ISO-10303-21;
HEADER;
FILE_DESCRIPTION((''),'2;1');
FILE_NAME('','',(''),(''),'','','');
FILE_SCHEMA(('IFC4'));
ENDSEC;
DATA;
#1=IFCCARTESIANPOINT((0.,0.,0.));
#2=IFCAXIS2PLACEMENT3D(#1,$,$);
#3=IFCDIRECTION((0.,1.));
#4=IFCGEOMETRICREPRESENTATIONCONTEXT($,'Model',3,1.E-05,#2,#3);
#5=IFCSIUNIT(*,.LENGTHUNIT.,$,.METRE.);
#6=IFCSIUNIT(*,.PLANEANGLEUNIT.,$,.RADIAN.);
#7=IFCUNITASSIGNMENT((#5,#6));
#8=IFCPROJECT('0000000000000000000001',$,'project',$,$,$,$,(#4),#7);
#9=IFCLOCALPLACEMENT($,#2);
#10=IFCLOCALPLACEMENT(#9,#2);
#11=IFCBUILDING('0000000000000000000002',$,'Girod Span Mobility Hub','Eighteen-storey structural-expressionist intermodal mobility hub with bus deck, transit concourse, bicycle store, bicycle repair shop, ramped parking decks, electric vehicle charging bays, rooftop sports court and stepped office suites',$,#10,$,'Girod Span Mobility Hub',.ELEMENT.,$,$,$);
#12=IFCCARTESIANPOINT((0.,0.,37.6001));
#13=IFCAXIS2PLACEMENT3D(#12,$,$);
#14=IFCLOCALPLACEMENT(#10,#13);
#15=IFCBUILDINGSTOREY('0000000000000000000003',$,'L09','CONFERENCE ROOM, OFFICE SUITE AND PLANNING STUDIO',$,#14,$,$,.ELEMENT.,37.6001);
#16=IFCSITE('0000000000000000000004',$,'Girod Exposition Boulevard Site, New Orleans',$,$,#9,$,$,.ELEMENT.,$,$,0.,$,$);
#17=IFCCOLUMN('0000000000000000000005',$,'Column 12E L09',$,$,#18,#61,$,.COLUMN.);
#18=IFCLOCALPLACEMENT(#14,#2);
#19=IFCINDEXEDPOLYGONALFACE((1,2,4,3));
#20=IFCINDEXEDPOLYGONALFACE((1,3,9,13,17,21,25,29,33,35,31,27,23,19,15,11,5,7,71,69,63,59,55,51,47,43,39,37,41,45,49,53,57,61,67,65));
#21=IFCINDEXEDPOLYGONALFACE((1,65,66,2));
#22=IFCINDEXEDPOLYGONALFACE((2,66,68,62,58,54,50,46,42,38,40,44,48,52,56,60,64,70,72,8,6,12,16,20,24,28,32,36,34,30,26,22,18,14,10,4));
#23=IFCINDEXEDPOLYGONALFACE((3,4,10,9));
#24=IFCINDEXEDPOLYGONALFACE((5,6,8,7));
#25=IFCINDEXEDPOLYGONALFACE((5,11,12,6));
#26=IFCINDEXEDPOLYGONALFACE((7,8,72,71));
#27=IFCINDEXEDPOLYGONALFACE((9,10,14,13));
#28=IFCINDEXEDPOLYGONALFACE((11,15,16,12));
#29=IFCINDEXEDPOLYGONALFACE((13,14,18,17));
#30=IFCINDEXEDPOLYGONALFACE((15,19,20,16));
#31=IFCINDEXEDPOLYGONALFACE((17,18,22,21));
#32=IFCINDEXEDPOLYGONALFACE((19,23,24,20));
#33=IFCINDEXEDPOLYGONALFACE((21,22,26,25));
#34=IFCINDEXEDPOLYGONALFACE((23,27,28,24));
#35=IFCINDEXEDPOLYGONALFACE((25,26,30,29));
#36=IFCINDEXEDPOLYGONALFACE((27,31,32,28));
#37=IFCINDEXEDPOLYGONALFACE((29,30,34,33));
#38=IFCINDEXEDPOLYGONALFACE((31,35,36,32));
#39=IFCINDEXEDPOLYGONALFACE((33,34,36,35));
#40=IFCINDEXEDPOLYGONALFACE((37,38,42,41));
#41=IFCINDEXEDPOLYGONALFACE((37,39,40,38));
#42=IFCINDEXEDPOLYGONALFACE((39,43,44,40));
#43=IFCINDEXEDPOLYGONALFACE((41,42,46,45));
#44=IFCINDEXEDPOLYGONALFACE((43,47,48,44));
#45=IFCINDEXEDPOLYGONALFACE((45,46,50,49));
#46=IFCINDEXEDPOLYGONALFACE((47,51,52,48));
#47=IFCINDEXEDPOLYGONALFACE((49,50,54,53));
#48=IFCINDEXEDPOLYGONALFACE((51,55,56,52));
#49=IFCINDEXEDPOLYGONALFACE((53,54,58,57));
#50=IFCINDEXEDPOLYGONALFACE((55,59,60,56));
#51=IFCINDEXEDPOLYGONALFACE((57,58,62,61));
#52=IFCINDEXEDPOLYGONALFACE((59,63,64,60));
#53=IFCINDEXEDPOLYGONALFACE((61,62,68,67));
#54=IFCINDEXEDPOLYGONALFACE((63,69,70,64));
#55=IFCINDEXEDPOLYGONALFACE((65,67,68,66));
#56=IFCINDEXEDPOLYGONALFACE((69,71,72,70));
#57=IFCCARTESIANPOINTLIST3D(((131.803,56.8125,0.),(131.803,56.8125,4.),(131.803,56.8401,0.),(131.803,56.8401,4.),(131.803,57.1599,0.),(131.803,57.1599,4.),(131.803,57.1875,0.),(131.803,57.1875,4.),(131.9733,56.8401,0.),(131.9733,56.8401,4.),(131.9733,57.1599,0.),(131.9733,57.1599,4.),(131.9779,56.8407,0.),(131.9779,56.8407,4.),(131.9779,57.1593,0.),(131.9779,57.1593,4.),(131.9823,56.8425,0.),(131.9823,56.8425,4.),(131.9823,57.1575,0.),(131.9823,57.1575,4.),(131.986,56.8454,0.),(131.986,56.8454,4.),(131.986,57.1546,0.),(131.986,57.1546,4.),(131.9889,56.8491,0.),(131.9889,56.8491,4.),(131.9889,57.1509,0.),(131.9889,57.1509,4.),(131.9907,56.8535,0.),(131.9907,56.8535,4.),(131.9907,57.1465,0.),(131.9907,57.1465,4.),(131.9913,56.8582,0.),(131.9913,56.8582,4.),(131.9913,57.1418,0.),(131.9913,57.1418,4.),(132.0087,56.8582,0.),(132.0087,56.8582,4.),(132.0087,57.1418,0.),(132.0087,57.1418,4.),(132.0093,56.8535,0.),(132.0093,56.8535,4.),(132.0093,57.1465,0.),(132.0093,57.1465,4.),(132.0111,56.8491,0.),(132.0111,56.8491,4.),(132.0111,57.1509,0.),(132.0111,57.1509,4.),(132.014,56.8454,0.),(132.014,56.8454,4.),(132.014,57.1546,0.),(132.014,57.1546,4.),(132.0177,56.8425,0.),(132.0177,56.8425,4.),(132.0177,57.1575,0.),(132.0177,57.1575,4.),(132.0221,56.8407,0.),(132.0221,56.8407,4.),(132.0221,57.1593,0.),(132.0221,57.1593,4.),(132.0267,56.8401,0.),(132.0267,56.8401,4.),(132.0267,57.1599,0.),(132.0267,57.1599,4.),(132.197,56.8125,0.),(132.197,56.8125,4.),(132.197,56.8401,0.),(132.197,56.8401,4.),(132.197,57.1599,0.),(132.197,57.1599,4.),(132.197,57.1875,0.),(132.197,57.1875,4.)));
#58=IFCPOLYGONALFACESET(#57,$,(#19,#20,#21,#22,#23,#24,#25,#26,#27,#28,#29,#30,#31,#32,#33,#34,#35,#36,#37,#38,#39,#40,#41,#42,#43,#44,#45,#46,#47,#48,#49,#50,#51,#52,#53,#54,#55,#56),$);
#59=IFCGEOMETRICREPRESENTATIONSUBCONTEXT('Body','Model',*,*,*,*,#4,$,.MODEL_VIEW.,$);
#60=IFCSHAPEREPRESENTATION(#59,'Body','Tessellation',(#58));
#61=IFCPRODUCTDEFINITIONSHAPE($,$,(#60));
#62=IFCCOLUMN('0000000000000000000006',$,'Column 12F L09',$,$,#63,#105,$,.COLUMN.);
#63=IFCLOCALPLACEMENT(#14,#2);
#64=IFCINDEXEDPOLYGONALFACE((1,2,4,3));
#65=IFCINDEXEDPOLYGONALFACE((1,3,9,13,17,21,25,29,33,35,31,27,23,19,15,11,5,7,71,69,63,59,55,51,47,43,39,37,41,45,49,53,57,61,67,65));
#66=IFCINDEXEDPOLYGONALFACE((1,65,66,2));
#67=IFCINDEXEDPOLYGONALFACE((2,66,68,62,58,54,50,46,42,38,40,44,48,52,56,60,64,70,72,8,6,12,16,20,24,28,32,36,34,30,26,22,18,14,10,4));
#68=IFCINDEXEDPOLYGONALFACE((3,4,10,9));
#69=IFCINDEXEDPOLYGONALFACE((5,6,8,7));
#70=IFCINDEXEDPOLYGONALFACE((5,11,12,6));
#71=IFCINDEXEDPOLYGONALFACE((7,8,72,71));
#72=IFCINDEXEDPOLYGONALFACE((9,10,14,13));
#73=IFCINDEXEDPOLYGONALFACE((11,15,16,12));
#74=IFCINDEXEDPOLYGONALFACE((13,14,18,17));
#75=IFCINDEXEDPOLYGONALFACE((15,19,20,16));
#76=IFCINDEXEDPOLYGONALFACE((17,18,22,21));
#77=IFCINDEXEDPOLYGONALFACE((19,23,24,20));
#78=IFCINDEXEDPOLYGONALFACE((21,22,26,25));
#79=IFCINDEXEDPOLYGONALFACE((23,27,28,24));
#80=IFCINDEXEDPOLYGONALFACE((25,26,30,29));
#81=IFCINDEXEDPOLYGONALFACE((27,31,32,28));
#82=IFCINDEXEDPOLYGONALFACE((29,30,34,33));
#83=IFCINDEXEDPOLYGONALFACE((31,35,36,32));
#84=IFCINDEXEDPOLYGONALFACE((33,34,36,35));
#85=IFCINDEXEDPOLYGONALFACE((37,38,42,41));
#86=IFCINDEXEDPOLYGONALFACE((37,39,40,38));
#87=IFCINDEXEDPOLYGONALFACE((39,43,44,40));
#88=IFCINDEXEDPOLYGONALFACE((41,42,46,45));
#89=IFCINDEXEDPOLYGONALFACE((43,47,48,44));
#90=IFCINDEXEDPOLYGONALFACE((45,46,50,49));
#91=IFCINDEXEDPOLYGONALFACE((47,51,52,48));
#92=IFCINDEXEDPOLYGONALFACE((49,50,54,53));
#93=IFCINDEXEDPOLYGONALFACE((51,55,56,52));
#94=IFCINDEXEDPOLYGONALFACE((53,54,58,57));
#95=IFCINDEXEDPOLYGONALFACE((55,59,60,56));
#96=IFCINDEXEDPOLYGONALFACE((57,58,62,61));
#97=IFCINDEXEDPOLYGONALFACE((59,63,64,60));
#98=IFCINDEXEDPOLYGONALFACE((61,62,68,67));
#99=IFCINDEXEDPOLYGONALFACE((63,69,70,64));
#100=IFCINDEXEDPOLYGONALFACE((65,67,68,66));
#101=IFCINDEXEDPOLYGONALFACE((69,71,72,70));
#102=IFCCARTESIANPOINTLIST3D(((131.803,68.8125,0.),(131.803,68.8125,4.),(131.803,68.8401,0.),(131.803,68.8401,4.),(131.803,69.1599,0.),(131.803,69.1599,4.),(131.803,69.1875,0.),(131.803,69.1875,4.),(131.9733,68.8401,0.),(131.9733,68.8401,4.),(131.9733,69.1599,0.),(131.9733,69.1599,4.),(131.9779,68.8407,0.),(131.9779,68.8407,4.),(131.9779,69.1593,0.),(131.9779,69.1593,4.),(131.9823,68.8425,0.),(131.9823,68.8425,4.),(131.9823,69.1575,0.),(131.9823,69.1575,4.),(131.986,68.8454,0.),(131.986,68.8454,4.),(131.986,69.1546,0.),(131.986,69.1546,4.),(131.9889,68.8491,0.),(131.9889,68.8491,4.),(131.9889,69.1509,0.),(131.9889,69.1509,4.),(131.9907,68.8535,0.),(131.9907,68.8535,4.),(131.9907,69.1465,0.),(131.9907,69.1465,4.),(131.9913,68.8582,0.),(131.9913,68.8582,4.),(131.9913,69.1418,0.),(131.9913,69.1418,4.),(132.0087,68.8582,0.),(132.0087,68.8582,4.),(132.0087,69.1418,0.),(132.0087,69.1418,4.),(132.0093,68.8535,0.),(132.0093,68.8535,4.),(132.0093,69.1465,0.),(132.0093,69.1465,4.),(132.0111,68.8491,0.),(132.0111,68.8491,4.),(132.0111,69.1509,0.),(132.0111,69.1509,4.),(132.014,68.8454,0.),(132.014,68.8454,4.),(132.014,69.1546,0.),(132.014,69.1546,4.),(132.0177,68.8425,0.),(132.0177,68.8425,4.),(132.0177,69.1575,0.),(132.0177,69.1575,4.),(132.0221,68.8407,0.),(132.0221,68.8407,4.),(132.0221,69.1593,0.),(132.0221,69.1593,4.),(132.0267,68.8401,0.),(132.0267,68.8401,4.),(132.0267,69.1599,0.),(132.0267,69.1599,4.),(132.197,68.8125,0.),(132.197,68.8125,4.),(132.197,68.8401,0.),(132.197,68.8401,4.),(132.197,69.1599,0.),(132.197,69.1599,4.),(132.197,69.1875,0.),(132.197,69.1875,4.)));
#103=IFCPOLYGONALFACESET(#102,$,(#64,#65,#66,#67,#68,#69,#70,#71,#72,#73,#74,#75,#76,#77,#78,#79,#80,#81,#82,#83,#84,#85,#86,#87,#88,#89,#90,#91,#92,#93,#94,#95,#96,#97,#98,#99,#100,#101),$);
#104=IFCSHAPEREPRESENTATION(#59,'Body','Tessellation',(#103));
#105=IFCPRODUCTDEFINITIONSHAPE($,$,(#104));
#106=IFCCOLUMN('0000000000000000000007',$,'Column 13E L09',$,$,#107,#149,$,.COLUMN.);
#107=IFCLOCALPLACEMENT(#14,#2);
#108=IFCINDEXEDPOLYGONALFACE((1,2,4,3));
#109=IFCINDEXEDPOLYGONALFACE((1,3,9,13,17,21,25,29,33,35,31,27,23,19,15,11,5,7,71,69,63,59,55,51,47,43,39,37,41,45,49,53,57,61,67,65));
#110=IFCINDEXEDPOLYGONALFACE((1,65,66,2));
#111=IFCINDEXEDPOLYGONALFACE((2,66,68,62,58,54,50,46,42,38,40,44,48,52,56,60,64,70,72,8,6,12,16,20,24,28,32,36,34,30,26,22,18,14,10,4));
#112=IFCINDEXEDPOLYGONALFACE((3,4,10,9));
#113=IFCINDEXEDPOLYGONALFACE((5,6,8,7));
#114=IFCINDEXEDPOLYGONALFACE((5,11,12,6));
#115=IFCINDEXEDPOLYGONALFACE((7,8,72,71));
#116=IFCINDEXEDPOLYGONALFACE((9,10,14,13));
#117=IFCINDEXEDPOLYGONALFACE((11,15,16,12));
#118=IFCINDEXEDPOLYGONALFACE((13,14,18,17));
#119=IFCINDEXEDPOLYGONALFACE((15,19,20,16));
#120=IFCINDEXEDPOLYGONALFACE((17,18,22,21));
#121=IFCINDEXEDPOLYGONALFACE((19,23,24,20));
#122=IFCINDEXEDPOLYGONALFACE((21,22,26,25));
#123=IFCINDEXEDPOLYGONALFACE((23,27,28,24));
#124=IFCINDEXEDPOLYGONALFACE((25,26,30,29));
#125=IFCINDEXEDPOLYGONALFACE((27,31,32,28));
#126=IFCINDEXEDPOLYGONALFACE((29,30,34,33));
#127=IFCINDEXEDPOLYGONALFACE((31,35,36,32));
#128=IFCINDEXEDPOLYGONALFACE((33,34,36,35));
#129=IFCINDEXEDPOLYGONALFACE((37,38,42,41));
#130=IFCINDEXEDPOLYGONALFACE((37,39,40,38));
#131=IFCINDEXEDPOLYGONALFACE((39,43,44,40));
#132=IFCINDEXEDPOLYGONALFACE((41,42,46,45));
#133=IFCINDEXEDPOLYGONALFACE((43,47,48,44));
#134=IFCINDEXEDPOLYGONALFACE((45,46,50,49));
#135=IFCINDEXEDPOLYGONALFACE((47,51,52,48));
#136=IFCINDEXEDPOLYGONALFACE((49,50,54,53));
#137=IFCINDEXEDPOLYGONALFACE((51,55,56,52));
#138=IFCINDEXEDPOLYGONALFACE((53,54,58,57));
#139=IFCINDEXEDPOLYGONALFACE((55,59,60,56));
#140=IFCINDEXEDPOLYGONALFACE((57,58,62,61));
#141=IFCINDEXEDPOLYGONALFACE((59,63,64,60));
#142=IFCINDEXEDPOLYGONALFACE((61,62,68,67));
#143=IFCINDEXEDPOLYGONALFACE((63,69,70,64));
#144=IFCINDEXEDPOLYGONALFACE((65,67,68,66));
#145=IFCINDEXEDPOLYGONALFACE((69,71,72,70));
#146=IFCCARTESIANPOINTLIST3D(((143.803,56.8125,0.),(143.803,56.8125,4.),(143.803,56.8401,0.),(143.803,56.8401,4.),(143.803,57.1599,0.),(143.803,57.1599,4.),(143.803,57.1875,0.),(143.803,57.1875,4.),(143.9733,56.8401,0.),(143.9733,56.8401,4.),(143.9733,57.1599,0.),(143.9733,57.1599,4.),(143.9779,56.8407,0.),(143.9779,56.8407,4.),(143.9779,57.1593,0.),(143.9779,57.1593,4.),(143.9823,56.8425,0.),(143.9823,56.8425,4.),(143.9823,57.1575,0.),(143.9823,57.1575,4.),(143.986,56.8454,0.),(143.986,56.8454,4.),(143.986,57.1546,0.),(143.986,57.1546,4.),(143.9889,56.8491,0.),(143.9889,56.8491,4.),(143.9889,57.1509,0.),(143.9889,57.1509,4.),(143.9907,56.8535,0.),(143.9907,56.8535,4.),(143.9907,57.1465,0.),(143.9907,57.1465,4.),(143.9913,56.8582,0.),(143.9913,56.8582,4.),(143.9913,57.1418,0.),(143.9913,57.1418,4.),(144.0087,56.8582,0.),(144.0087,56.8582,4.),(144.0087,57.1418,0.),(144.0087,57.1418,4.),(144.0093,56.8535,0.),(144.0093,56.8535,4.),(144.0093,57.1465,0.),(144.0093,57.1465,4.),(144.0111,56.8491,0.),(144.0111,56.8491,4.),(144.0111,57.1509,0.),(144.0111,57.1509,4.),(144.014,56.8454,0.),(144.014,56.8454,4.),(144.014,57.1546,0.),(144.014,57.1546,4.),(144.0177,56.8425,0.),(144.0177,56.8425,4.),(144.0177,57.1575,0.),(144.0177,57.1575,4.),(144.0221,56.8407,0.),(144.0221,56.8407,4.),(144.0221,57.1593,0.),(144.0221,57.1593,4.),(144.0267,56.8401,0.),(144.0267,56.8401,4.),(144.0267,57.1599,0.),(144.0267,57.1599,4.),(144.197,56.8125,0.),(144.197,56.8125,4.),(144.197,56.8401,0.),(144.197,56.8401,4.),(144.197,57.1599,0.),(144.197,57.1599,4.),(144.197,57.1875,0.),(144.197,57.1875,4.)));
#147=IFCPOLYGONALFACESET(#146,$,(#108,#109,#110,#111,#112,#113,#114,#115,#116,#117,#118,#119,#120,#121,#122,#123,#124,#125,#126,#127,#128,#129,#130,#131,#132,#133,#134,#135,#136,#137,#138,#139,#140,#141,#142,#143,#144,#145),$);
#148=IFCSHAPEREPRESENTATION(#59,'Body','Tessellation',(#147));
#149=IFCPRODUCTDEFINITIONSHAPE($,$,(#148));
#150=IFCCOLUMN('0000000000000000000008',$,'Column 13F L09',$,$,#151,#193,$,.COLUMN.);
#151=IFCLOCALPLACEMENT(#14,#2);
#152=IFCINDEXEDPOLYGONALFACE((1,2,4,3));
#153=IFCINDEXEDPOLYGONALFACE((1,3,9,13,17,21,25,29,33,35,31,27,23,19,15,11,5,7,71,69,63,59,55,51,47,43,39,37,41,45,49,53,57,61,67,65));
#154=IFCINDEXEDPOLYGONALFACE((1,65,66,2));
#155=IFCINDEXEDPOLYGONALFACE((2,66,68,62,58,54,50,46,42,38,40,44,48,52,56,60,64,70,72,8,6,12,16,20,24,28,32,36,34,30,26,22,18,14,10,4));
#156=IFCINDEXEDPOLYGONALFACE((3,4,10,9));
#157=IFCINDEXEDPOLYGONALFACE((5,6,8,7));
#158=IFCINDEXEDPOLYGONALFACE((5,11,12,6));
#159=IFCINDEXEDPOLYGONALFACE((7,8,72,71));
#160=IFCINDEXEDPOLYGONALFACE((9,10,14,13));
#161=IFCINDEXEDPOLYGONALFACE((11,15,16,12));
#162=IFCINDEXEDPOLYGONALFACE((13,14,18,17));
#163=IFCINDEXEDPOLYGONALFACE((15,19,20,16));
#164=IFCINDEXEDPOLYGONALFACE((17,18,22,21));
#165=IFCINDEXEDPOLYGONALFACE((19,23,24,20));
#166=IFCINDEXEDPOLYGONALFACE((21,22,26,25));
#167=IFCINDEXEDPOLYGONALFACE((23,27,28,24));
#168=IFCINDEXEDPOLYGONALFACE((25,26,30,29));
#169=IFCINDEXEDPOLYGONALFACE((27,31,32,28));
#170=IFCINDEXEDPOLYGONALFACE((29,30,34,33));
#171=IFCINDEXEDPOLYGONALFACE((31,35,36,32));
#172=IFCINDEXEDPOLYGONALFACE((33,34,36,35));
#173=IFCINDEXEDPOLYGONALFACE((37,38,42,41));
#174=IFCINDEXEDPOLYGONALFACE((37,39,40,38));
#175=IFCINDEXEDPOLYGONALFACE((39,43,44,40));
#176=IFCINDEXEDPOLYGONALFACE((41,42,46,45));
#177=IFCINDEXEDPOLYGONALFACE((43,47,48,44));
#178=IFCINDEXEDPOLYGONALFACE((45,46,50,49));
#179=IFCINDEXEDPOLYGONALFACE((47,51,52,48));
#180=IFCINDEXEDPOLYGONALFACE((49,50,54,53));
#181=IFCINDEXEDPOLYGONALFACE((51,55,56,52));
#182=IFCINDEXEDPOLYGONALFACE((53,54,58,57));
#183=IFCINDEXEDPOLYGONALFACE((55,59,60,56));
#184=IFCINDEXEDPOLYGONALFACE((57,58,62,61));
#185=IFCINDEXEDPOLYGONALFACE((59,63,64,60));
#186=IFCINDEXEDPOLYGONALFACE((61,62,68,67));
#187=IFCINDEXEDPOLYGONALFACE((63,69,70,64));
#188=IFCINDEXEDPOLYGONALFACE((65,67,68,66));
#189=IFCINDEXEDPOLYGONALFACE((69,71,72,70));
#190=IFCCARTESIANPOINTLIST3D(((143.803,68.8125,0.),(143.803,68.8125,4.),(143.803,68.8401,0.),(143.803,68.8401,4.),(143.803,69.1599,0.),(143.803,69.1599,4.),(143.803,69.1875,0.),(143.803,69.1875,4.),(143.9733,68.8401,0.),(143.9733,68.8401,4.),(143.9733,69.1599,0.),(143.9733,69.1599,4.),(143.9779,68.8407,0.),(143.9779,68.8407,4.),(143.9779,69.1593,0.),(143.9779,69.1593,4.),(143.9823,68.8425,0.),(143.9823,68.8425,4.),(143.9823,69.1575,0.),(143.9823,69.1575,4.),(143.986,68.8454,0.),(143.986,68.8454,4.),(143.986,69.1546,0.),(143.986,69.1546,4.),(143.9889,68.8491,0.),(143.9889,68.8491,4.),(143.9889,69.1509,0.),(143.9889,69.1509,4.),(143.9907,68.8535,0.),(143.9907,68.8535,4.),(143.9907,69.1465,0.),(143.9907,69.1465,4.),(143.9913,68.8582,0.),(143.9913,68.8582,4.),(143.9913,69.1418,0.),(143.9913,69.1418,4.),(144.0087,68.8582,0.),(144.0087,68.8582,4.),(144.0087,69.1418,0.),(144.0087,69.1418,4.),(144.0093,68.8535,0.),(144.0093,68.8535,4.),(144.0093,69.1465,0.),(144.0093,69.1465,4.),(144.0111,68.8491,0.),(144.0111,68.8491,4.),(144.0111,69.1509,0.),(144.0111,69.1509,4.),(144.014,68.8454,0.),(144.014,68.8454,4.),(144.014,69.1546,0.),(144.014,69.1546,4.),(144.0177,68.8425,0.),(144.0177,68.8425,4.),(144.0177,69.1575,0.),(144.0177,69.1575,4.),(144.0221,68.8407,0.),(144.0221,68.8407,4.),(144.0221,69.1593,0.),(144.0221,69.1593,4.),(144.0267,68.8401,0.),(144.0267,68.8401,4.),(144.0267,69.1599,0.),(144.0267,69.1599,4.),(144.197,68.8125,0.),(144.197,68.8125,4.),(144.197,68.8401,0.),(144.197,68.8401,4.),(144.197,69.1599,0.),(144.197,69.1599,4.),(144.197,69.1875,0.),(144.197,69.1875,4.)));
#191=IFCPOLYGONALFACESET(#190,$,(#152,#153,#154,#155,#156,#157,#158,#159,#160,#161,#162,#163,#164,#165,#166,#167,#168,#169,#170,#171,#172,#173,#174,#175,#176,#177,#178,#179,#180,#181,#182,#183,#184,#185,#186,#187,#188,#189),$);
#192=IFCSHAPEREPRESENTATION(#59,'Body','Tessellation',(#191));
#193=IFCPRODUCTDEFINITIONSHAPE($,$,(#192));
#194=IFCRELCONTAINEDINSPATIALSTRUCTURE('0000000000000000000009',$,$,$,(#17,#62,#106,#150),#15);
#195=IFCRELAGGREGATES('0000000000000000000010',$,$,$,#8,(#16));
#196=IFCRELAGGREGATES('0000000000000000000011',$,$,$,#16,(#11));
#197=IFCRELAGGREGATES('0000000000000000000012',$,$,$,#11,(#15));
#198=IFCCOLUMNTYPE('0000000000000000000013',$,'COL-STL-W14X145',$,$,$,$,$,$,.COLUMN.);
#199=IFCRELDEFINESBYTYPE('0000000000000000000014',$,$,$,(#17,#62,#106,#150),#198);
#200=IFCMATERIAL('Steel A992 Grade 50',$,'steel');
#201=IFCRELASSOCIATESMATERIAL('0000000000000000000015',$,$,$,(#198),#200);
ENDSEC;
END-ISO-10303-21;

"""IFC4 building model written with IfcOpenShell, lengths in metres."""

from ifc_helpers import new_model, si_unit, direction, frame, origin, origin_2d, place, context, subcontext, project, spatial, i_section, extrude, material, material_profile, profile_set, type_object, element, save


model = new_model("IFC4")

# Units and contexts
model_context = context("Model", 3, precision=1e-05, world=origin(), true_north=direction((0.0, 1.0)))
body_context = subcontext(model_context, "Body", "Model", "MODEL_VIEW")
ifc_project = project(units=[si_unit("LENGTHUNIT", "METRE"), si_unit("PLANEANGLEUNIT", "RADIAN")], contexts=[model_context])

# Site, building, storey
site_placement = place(None, origin())
site = spatial("IfcSite", under=ifc_project, at=site_placement, Name="Girod Exposition Boulevard Site, New Orleans", CompositionType="ELEMENT", RefElevation=0.0)
building_placement = place(site_placement, origin())
building = spatial("IfcBuilding", under=site, at=building_placement, Name="Girod Span Mobility Hub", Description="Eighteen-storey structural-expressionist intermodal mobility hub with bus deck, transit concourse, bicycle store, bicycle repair shop, ramped parking decks, electric vehicle charging bays, rooftop sports court and stepped office suites", LongName="Girod Span Mobility Hub", CompositionType="ELEMENT")
storey_placement = place(building_placement, frame((0.0, 0.0, 37.6001)))
storey = spatial("IfcBuildingStorey", under=building, at=storey_placement, Name="L09", Description="CONFERENCE ROOM, OFFICE SUITE AND PLANNING STUDIO", CompositionType="ELEMENT", Elevation=37.6001)

# Columns
ifc_material_1 = material(Name="Steel A992 Grade 50", Category="steel")
ifc_material_profile_1 = material_profile(ifc_material_1, i_section(OverallWidth=0.394, OverallDepth=0.375, WebThickness=0.0173, FlangeThickness=0.0276, FilletRadius=0.0181, at=origin_2d()), Name="W14X145")
ifc_profile_set_1 = profile_set([ifc_material_profile_1], Name="Steel A992 Grade 50")
column_type = type_object("IfcColumnType", Name="COL-STL-W14X145", PredefinedType="COLUMN", material=ifc_profile_set_1)
for number, where, z_axis, x_axis, name in (
    (1, (132.0, 57.0, 0.0), (0.0, 0.0, 1.0), (1.0, 0.0, 0.0), "Column 12E L09"),
    (2, (132.0, 69.0, 0.0), (0.0, 0.0, 1.0), (1.0, 0.0, 0.0), "Column 12F L09"),
    (3, (144.0, 57.0, 0.0), (0.0, 0.0, 1.0), (1.0, 0.0, 0.0), "Column 13E L09"),
    (4, (144.0, 69.0, 0.0), (0.0, 0.0, 1.0), (1.0, 0.0, 0.0), "Column 13F L09"),
):
    element("IfcColumn", number, at=place(storey_placement, frame(where, z_axis=z_axis, x_axis=x_axis)), inside=storey, type_object=column_type, Name=name, PredefinedType="COLUMN", context=body_context, shape_type="SweptSolid", body=[
        extrude(i_section(OverallWidth=0.394, OverallDepth=0.375, WebThickness=0.0173, FlangeThickness=0.0276, FilletRadius=0.0181, at=origin_2d()), origin(), (0.0, 0.0, 1.0), 4.0),
    ])

save(model, "model.ifc")
